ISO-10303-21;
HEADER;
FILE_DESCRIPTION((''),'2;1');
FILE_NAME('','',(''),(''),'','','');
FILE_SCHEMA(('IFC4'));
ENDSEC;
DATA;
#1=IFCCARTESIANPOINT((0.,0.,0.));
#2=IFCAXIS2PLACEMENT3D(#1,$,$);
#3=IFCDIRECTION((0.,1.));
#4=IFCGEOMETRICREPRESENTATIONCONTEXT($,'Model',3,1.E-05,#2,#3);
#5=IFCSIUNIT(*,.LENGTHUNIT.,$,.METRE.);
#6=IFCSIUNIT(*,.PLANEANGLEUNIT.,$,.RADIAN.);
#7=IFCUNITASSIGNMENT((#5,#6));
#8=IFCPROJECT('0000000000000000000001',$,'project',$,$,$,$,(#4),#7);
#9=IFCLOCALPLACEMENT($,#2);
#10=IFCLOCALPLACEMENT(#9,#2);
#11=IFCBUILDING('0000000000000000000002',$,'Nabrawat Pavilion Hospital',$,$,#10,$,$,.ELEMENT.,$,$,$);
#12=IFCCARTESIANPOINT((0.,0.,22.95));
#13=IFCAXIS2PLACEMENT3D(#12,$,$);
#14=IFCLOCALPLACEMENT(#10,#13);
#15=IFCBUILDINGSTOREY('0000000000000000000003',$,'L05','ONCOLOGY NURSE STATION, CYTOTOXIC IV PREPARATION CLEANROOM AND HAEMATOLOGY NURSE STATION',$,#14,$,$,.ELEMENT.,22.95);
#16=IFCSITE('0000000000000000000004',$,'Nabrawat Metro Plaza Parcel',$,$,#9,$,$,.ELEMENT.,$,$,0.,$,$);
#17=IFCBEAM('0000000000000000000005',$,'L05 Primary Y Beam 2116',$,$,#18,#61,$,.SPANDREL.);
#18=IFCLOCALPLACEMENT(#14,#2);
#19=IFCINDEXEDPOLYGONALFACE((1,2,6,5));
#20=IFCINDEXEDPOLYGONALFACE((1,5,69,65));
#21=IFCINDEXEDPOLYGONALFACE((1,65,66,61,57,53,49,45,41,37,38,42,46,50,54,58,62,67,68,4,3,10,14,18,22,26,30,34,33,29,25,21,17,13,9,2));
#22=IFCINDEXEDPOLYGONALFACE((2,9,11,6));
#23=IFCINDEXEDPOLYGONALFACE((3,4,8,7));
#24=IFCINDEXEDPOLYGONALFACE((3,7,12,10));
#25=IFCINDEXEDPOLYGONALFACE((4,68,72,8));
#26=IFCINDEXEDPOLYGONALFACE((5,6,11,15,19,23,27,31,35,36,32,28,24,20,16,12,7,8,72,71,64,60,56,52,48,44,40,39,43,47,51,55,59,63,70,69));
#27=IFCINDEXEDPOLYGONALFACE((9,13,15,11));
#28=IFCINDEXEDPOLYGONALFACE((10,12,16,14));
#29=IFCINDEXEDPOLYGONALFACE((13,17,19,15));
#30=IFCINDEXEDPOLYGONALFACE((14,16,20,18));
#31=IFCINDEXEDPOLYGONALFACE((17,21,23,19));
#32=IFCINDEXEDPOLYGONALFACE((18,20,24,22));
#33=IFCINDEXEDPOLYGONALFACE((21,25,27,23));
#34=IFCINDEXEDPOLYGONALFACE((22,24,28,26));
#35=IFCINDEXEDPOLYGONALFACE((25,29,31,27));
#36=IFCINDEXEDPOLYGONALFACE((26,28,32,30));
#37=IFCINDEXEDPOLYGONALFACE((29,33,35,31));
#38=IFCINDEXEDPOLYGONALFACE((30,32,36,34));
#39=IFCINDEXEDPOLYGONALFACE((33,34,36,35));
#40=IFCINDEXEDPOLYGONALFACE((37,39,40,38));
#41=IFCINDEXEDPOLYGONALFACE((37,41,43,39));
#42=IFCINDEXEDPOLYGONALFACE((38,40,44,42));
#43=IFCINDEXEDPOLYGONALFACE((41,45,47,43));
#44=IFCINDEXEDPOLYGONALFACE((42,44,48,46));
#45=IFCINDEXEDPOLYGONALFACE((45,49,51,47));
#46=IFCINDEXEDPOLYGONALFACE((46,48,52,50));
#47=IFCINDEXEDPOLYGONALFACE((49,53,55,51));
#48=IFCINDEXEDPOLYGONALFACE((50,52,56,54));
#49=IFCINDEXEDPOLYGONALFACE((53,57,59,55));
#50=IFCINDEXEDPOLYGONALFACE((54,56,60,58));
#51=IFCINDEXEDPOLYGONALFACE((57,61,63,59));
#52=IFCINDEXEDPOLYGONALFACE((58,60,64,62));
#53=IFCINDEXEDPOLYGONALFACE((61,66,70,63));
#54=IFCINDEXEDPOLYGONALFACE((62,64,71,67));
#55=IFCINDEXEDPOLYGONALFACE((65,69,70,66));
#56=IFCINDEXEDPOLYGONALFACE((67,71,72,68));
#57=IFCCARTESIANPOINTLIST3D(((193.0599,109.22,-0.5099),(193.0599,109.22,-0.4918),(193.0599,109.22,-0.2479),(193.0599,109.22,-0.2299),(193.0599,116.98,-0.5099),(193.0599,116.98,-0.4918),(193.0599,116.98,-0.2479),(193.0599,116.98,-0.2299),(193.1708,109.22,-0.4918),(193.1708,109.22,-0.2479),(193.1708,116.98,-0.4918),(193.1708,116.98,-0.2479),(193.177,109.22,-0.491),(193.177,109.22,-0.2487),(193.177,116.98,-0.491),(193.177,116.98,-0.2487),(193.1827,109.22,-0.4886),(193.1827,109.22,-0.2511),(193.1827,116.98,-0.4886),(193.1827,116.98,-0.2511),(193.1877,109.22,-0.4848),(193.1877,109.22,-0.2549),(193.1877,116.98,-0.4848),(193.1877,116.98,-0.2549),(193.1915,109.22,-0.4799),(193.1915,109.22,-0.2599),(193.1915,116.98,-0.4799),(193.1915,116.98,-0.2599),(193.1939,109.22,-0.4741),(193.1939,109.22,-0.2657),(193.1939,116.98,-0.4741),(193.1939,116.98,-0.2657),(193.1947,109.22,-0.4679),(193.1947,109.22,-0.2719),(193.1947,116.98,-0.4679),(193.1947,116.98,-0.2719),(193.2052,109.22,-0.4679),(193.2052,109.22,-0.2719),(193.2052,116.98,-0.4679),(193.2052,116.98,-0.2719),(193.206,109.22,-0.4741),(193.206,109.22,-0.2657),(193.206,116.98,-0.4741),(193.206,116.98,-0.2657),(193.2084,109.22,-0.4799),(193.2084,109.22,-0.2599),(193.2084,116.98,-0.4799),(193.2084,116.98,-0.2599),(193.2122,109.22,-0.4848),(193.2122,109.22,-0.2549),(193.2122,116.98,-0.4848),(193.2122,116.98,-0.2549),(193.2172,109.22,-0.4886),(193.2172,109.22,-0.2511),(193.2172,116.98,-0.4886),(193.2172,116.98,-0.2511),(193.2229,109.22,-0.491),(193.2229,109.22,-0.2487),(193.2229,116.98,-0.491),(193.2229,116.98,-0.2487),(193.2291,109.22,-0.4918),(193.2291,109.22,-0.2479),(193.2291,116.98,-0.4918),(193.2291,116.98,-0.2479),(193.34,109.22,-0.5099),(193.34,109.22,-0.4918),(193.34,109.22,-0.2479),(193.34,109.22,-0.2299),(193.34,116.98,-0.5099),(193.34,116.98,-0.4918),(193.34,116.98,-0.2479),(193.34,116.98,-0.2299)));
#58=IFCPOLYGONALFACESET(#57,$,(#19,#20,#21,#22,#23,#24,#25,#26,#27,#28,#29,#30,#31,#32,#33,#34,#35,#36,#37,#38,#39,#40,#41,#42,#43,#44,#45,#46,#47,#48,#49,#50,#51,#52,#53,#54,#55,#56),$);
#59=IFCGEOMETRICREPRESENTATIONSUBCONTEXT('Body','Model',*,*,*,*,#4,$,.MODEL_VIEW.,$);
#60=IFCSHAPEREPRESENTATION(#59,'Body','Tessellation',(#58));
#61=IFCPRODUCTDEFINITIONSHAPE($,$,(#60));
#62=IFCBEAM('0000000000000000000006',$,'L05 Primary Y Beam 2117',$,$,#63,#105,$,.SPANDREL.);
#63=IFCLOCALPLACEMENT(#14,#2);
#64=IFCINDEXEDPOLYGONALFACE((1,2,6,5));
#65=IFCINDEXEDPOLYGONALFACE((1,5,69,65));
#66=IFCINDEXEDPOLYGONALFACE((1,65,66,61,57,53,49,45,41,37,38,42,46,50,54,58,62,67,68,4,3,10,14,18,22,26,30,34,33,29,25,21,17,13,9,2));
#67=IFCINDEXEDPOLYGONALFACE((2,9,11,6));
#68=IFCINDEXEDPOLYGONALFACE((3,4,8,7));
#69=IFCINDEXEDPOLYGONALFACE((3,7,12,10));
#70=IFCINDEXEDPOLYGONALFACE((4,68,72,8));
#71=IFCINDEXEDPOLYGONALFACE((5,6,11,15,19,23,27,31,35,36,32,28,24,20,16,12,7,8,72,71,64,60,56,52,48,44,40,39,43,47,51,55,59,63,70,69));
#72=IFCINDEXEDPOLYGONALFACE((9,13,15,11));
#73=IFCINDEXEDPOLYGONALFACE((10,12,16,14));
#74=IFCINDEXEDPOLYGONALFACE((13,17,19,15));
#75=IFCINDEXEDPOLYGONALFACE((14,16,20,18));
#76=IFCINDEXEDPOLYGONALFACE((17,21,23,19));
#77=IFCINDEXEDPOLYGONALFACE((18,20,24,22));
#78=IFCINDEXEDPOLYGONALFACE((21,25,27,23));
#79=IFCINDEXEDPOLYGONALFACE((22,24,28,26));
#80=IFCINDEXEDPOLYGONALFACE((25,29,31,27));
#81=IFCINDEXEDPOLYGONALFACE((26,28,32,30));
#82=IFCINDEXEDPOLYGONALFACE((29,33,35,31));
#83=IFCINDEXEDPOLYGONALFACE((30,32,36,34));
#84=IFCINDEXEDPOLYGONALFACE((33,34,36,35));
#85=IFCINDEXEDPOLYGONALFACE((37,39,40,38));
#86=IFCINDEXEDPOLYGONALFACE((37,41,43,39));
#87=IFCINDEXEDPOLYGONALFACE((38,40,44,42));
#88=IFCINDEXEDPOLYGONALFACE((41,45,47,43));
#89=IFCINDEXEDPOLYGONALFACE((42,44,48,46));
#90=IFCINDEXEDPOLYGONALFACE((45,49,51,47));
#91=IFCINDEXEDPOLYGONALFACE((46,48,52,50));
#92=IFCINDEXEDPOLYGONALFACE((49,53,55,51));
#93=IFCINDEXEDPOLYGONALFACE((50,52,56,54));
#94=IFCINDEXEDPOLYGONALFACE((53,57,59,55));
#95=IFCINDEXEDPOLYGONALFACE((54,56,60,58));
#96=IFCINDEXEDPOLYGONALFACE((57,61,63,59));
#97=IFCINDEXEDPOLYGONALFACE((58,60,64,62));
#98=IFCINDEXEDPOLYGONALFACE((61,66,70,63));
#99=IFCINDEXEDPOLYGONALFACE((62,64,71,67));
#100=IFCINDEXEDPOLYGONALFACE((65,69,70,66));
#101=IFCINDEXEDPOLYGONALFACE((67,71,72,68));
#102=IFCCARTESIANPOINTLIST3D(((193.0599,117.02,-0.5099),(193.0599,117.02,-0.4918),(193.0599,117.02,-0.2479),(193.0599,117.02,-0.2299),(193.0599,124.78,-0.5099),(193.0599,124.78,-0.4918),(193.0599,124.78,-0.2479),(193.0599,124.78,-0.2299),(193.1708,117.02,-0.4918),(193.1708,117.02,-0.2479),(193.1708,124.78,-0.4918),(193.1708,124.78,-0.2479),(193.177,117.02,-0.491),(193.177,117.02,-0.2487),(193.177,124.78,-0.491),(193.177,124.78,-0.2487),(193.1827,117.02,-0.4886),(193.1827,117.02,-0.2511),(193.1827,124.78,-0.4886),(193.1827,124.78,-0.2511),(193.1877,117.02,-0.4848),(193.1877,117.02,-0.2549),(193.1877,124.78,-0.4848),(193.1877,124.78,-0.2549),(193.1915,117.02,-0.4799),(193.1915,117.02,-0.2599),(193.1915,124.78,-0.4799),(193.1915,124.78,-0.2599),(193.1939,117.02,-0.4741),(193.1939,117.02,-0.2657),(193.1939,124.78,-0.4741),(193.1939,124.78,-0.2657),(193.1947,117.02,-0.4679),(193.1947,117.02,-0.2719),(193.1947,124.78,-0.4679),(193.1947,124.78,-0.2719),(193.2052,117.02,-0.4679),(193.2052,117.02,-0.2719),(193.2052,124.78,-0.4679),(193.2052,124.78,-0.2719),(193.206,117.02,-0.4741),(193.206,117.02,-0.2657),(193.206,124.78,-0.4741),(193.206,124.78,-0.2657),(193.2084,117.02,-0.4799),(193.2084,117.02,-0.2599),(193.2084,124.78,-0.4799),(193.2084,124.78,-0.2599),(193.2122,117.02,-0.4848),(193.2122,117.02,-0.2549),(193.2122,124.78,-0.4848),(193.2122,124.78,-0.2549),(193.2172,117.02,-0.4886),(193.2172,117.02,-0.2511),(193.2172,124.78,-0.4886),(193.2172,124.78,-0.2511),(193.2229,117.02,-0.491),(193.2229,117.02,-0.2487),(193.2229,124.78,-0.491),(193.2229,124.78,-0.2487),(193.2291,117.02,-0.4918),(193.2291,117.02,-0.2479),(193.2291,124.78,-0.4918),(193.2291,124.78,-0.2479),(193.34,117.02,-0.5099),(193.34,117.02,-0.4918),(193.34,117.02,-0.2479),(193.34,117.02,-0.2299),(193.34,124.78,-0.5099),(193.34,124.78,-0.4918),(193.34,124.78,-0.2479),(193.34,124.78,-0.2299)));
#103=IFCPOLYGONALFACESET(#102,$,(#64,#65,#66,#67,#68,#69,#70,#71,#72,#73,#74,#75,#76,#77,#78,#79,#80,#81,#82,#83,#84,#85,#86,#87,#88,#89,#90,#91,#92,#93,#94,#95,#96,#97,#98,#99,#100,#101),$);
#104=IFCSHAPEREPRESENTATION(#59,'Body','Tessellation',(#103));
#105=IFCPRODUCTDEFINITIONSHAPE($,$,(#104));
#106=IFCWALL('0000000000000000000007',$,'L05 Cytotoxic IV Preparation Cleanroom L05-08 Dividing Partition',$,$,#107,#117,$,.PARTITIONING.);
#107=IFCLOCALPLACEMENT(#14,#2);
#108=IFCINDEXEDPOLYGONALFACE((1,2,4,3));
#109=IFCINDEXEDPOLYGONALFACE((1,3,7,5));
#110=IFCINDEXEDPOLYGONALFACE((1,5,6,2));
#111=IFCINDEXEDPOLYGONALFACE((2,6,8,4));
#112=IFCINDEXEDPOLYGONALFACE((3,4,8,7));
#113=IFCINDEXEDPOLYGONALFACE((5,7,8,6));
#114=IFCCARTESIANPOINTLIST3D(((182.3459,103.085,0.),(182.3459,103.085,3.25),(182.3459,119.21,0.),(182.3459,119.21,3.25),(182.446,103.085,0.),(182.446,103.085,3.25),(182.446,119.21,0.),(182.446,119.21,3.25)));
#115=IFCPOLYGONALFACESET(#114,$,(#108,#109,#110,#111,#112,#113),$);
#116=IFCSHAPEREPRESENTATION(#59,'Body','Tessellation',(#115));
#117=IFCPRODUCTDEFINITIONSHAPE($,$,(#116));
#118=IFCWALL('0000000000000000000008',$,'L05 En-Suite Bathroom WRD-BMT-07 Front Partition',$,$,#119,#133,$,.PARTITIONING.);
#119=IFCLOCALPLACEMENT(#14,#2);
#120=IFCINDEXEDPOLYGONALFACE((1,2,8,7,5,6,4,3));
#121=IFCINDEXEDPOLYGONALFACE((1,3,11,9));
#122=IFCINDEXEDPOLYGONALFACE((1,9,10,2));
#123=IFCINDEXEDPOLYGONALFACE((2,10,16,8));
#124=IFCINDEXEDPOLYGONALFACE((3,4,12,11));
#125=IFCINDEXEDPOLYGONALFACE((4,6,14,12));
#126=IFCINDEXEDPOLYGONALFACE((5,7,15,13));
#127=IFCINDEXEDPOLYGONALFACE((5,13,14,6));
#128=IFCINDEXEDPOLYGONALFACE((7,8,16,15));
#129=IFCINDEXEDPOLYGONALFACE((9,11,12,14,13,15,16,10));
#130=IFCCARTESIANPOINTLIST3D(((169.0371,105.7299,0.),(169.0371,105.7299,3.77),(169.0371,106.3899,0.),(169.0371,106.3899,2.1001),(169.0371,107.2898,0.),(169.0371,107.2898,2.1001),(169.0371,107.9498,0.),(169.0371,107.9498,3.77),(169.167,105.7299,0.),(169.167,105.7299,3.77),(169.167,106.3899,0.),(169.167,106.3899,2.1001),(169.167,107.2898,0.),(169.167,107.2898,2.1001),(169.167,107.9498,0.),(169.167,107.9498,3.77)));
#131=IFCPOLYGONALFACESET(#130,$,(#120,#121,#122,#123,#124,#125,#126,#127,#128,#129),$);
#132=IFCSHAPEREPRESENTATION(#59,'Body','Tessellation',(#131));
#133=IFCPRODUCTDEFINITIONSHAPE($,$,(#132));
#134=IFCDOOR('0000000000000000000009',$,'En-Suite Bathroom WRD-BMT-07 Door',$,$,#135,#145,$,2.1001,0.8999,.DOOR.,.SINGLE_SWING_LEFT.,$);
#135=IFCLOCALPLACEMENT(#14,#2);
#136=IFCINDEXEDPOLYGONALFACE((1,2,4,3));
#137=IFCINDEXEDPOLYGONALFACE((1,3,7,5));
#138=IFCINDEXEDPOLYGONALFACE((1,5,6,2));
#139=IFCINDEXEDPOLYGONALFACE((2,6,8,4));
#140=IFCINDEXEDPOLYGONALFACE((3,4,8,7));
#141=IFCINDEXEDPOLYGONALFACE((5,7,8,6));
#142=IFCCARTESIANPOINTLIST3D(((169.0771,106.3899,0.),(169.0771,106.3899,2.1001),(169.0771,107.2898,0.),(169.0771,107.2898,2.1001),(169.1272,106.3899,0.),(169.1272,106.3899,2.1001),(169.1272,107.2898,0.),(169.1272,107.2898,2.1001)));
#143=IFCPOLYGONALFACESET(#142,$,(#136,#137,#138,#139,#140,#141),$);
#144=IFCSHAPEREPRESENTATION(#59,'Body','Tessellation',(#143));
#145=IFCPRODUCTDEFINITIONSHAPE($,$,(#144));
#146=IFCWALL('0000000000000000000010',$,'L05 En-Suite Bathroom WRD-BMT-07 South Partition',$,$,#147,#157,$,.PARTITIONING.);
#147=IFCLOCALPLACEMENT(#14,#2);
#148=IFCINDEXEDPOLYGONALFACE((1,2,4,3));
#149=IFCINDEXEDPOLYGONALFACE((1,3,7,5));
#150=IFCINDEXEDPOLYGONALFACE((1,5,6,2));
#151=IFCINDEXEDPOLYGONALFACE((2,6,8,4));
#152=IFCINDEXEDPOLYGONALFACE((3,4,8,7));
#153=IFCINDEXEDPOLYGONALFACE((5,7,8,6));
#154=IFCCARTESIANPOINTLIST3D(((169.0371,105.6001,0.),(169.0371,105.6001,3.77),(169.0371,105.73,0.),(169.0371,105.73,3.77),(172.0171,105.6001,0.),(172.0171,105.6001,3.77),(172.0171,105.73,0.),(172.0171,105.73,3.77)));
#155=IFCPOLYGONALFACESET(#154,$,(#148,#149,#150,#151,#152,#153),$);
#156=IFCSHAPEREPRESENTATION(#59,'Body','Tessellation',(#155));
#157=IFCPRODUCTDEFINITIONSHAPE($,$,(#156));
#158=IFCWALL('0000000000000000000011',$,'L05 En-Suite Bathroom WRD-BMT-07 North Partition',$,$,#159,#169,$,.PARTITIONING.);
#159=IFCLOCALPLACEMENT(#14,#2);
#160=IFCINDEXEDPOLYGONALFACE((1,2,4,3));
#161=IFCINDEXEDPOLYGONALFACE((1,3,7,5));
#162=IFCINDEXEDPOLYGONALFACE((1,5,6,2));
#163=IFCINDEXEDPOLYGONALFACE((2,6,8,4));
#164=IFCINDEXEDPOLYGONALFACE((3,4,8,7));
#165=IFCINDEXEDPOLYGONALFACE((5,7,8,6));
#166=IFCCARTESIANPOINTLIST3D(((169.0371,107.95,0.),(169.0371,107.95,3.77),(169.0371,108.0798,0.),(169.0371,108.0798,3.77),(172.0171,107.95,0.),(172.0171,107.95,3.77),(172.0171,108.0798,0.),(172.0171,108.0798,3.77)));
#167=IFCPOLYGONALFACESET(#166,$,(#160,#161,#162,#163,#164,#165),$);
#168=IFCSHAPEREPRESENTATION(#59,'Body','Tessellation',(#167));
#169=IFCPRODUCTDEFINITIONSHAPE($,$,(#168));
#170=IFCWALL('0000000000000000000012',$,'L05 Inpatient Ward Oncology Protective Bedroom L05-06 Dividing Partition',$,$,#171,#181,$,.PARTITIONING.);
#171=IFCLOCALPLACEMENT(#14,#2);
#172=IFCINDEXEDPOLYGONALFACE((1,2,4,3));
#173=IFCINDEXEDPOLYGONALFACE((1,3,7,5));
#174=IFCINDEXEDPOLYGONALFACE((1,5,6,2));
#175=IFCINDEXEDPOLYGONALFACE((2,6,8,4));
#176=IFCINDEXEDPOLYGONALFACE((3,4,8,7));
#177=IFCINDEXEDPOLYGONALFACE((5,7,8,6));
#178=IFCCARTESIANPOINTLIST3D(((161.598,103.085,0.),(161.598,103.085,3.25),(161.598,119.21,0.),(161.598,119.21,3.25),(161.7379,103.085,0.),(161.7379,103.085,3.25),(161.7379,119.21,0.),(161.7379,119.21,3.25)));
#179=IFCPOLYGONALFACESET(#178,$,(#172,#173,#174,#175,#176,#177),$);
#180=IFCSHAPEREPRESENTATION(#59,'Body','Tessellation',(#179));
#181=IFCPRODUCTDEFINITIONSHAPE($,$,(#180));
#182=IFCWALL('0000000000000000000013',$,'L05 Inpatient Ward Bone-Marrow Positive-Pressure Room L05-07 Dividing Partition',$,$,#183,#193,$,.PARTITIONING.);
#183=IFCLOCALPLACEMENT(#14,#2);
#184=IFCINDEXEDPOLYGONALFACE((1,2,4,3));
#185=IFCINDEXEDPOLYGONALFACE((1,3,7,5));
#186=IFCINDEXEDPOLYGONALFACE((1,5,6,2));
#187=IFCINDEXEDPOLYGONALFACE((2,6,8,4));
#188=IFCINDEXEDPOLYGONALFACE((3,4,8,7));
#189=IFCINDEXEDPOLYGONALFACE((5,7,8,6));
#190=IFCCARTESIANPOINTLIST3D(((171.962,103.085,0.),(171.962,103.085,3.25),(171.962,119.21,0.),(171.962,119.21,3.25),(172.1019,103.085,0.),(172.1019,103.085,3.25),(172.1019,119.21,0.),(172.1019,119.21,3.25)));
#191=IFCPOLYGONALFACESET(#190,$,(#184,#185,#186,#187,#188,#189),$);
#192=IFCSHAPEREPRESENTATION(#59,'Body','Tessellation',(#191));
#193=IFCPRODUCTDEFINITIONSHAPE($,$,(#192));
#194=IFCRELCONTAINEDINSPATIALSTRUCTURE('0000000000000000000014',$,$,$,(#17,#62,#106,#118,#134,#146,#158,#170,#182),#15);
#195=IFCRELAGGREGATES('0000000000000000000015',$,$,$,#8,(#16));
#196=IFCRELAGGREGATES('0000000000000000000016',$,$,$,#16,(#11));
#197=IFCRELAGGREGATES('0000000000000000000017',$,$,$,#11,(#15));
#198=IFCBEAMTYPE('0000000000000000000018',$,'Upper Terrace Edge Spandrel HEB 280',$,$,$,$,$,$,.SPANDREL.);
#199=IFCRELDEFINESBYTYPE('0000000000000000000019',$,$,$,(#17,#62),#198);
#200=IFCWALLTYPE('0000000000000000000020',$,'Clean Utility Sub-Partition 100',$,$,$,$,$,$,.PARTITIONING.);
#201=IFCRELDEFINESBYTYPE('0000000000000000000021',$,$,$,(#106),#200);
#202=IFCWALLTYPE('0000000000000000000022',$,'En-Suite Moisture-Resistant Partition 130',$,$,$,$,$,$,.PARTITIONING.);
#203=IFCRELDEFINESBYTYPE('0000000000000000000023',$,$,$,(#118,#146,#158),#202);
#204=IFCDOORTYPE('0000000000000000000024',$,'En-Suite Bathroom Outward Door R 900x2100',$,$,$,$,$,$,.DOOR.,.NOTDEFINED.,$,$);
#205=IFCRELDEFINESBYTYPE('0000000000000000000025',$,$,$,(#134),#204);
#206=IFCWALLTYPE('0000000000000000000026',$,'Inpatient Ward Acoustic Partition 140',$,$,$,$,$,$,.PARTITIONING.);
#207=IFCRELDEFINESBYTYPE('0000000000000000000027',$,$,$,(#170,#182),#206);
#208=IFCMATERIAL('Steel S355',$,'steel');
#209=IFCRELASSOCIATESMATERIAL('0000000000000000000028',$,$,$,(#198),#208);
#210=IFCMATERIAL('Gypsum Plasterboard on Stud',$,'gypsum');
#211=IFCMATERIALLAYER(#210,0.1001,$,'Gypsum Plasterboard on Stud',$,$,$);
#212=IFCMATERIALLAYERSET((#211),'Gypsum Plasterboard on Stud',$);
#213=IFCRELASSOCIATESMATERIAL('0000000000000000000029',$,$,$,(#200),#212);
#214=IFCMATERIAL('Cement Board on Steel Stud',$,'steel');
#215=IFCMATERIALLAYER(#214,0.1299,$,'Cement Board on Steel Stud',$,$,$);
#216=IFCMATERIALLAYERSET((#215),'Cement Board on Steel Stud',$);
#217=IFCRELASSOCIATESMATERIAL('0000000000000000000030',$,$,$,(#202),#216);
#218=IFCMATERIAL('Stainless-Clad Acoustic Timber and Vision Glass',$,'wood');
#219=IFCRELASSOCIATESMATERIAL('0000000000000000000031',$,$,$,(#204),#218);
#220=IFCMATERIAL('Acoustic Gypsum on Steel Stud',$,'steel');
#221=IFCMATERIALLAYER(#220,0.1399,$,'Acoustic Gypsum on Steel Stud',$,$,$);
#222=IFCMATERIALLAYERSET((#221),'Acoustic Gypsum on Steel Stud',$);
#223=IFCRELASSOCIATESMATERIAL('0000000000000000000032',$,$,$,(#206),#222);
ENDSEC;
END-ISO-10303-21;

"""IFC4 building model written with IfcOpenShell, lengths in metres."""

from ifc_helpers import new_model, si_unit, direction, frame, frame_2d, origin, origin_2d, place, context, subcontext, project, spatial, rectangle, i_section, extrude, material, layer, layer_set, material_profile, profile_set, type_object, element, fill, save


model = new_model("IFC4")

# Units and contexts
model_context = context("Model", 3, precision=1e-05, world=origin(), true_north=direction((0.0, 1.0)))
body_context = subcontext(model_context, "Body", "Model", "MODEL_VIEW")
ifc_project = project(units=[si_unit("LENGTHUNIT", "METRE"), si_unit("PLANEANGLEUNIT", "RADIAN")], contexts=[model_context])

# Site, building, storey
site_placement = place(None, origin())
site = spatial("IfcSite", under=ifc_project, at=site_placement, Name="Nabrawat Metro Plaza Parcel", CompositionType="ELEMENT", RefElevation=0.0)
building_placement = place(site_placement, origin())
building = spatial("IfcBuilding", under=site, at=building_placement, Name="Nabrawat Pavilion Hospital", CompositionType="ELEMENT")
storey_placement = place(building_placement, frame((0.0, 0.0, 22.95)))
storey = spatial("IfcBuildingStorey", under=building, at=storey_placement, Name="L05", Description="ONCOLOGY NURSE STATION, CYTOTOXIC IV PREPARATION CLEANROOM AND HAEMATOLOGY NURSE STATION", CompositionType="ELEMENT", Elevation=22.95)

# Shared definitions
ifc_material_1 = material(Name="Steel S355", Category="steel")

# Beams
ifc_material_profile_1 = material_profile(ifc_material_1, i_section(OverallWidth=0.28, OverallDepth=0.28, WebThickness=0.0105, FlangeThickness=0.0181, FilletRadius=0.0239, at=origin_2d()), Name="HEB 280")
ifc_profile_set_1 = profile_set([ifc_material_profile_1], Name="Steel S355")
beam_type_1 = type_object("IfcBeamType", Name="Upper Terrace Edge Spandrel HEB 280", PredefinedType="SPANDREL", material=ifc_profile_set_1)
for number, where, z_axis, x_axis, name in (
    (1, (193.2, 109.22, -0.3699), (0.0, 1.0, 0.0), (-1.0, 0.0, 0.0), "L05 Primary Y Beam 2116"),
    (2, (193.2, 117.02, -0.3699), (0.0, 1.0, 0.0), (-1.0, 0.0, 0.0), "L05 Primary Y Beam 2117"),
):
    element("IfcBeam", number, at=place(storey_placement, frame(where, z_axis=z_axis, x_axis=x_axis)), inside=storey, type_object=beam_type_1, Name=name, PredefinedType="SPANDREL", context=body_context, shape_type="SweptSolid", body=[
        extrude(i_section(OverallWidth=0.28, OverallDepth=0.28, WebThickness=0.0105, FlangeThickness=0.0181, FilletRadius=0.0239, at=origin_2d()), origin(), (0.0, 0.0, 1.0), 7.76),
    ])

# Wall
ifc_material_2 = material(Name="Gypsum Plasterboard on Stud", Category="gypsum")
ifc_layer_1 = layer(ifc_material_2, 0.1001, Name="Gypsum Plasterboard on Stud")
ifc_layer_set_1 = layer_set([ifc_layer_1], Name="Gypsum Plasterboard on Stud")
wall_type_1 = type_object("IfcWallType", Name="Clean Utility Sub-Partition 100", PredefinedType="PARTITIONING", material=ifc_layer_set_1)
wall_1_placement = place(storey_placement, frame((182.396, 103.085, 0.0), z_axis=(0.0, 0.0, 1.0), x_axis=(0.0, 1.0, 0.0)))
element("IfcWall", 3, at=wall_1_placement, inside=storey, type_object=wall_type_1, Name="L05 Cytotoxic IV Preparation Cleanroom L05-08 Dividing Partition", PredefinedType="PARTITIONING", context=body_context, shape_type="SweptSolid", body=[
    extrude(rectangle(XDim=16.125, YDim=0.1001, at=frame_2d((8.0625, 0.0))), origin(), (0.0, 0.0, 1.0), 3.25),
])

# Wall, opening, door
ifc_material_3 = material(Name="Cement Board on Steel Stud", Category="steel")
ifc_layer_2 = layer(ifc_material_3, 0.1299, Name="Cement Board on Steel Stud")
ifc_layer_set_2 = layer_set([ifc_layer_2], Name="Cement Board on Steel Stud")
wall_type_2 = type_object("IfcWallType", Name="En-Suite Moisture-Resistant Partition 130", PredefinedType="PARTITIONING", material=ifc_layer_set_2)
wall_2_placement = place(storey_placement, frame((169.1021, 105.73, 0.0), z_axis=(0.0, 0.0, 1.0), x_axis=(0.0, 1.0, 0.0)))
wall_2 = element("IfcWall", 4, at=wall_2_placement, inside=storey, type_object=wall_type_2, Name="L05 En-Suite Bathroom WRD-BMT-07 Front Partition", PredefinedType="PARTITIONING", context=body_context, shape_type="SweptSolid", body=[
    extrude(rectangle(XDim=2.22, YDim=0.1299, at=frame_2d((1.1099, 0.0))), origin(), (0.0, 0.0, 1.0), 3.77),
])
opening_placement = place(wall_2_placement, frame((0.6599, 0.0, 0.0)))
opening = element("IfcOpeningElement", 5, at=opening_placement, cuts=wall_2, PredefinedType="OPENING", context=body_context, shape_type="SweptSolid", body=[
    extrude(rectangle(XDim=0.8999, YDim=2.1001, at=frame_2d((0.45, 1.05))), frame((0.0, 0.075, 0.0), z_axis=(0.0, -1.0, 0.0), x_axis=(1.0, 0.0, 0.0)), (0.0, 0.0, 1.0), 0.1499),
])
ifc_material_4 = material(Name="Stainless-Clad Acoustic Timber and Vision Glass", Category="wood")
door_type = type_object("IfcDoorType", Name="En-Suite Bathroom Outward Door R 900x2100", OperationType="NOTDEFINED", PredefinedType="DOOR", material=ifc_material_4)
door_placement = place(opening_placement, origin())
door = element("IfcDoor", 6, at=door_placement, inside=storey, type_object=door_type, Name="En-Suite Bathroom WRD-BMT-07 Door", OperationType="SINGLE_SWING_LEFT", OverallHeight=2.1001, OverallWidth=0.8999, PredefinedType="DOOR", context=body_context, shape_type="SweptSolid", body=[
    extrude(rectangle(XDim=0.8999, YDim=2.1001, at=frame_2d((0.45, 1.05))), frame((0.0, 0.0249, 0.0), z_axis=(0.0, -1.0, 0.0), x_axis=(1.0, 0.0, 0.0)), (0.0, 0.0, 1.0), 0.05),
])
fill(opening, door)

# Walls
for number, where, z_axis, x_axis, name in (
    (7, (169.0371, 105.665, 0.0), (0.0, 0.0, 1.0), (1.0, 0.0, 0.0), "L05 En-Suite Bathroom WRD-BMT-07 South Partition"),
    (8, (169.0371, 108.0149, 0.0), (0.0, 0.0, 1.0), (1.0, 0.0, 0.0), "L05 En-Suite Bathroom WRD-BMT-07 North Partition"),
):
    element("IfcWall", number, at=place(storey_placement, frame(where, z_axis=z_axis, x_axis=x_axis)), inside=storey, type_object=wall_type_2, Name=name, PredefinedType="PARTITIONING", context=body_context, shape_type="SweptSolid", body=[
        extrude(rectangle(XDim=2.98, YDim=0.1299, at=frame_2d((1.49, 0.0))), origin(), (0.0, 0.0, 1.0), 3.77),
    ])
ifc_material_5 = material(Name="Acoustic Gypsum on Steel Stud", Category="steel")
ifc_layer_3 = layer(ifc_material_5, 0.1399, Name="Acoustic Gypsum on Steel Stud")
ifc_layer_set_3 = layer_set([ifc_layer_3], Name="Acoustic Gypsum on Steel Stud")
wall_type_3 = type_object("IfcWallType", Name="Inpatient Ward Acoustic Partition 140", PredefinedType="PARTITIONING", material=ifc_layer_set_3)
for number, where, z_axis, x_axis, name in (
    (9, (161.668, 103.085, 0.0), (0.0, 0.0, 1.0), (0.0, 1.0, 0.0), "L05 Inpatient Ward Oncology Protective Bedroom L05-06 Dividing Partition"),
    (10, (172.032, 103.085, 0.0), (0.0, 0.0, 1.0), (0.0, 1.0, 0.0), "L05 Inpatient Ward Bone-Marrow Positive-Pressure Room L05-07 Dividing Partition"),
):
    element("IfcWall", number, at=place(storey_placement, frame(where, z_axis=z_axis, x_axis=x_axis)), inside=storey, type_object=wall_type_3, Name=name, PredefinedType="PARTITIONING", context=body_context, shape_type="SweptSolid", body=[
        extrude(rectangle(XDim=16.125, YDim=0.1399, at=frame_2d((8.0625, 0.0))), origin(), (0.0, 0.0, 1.0), 3.25),
    ])

save(model, "model.ifc")
